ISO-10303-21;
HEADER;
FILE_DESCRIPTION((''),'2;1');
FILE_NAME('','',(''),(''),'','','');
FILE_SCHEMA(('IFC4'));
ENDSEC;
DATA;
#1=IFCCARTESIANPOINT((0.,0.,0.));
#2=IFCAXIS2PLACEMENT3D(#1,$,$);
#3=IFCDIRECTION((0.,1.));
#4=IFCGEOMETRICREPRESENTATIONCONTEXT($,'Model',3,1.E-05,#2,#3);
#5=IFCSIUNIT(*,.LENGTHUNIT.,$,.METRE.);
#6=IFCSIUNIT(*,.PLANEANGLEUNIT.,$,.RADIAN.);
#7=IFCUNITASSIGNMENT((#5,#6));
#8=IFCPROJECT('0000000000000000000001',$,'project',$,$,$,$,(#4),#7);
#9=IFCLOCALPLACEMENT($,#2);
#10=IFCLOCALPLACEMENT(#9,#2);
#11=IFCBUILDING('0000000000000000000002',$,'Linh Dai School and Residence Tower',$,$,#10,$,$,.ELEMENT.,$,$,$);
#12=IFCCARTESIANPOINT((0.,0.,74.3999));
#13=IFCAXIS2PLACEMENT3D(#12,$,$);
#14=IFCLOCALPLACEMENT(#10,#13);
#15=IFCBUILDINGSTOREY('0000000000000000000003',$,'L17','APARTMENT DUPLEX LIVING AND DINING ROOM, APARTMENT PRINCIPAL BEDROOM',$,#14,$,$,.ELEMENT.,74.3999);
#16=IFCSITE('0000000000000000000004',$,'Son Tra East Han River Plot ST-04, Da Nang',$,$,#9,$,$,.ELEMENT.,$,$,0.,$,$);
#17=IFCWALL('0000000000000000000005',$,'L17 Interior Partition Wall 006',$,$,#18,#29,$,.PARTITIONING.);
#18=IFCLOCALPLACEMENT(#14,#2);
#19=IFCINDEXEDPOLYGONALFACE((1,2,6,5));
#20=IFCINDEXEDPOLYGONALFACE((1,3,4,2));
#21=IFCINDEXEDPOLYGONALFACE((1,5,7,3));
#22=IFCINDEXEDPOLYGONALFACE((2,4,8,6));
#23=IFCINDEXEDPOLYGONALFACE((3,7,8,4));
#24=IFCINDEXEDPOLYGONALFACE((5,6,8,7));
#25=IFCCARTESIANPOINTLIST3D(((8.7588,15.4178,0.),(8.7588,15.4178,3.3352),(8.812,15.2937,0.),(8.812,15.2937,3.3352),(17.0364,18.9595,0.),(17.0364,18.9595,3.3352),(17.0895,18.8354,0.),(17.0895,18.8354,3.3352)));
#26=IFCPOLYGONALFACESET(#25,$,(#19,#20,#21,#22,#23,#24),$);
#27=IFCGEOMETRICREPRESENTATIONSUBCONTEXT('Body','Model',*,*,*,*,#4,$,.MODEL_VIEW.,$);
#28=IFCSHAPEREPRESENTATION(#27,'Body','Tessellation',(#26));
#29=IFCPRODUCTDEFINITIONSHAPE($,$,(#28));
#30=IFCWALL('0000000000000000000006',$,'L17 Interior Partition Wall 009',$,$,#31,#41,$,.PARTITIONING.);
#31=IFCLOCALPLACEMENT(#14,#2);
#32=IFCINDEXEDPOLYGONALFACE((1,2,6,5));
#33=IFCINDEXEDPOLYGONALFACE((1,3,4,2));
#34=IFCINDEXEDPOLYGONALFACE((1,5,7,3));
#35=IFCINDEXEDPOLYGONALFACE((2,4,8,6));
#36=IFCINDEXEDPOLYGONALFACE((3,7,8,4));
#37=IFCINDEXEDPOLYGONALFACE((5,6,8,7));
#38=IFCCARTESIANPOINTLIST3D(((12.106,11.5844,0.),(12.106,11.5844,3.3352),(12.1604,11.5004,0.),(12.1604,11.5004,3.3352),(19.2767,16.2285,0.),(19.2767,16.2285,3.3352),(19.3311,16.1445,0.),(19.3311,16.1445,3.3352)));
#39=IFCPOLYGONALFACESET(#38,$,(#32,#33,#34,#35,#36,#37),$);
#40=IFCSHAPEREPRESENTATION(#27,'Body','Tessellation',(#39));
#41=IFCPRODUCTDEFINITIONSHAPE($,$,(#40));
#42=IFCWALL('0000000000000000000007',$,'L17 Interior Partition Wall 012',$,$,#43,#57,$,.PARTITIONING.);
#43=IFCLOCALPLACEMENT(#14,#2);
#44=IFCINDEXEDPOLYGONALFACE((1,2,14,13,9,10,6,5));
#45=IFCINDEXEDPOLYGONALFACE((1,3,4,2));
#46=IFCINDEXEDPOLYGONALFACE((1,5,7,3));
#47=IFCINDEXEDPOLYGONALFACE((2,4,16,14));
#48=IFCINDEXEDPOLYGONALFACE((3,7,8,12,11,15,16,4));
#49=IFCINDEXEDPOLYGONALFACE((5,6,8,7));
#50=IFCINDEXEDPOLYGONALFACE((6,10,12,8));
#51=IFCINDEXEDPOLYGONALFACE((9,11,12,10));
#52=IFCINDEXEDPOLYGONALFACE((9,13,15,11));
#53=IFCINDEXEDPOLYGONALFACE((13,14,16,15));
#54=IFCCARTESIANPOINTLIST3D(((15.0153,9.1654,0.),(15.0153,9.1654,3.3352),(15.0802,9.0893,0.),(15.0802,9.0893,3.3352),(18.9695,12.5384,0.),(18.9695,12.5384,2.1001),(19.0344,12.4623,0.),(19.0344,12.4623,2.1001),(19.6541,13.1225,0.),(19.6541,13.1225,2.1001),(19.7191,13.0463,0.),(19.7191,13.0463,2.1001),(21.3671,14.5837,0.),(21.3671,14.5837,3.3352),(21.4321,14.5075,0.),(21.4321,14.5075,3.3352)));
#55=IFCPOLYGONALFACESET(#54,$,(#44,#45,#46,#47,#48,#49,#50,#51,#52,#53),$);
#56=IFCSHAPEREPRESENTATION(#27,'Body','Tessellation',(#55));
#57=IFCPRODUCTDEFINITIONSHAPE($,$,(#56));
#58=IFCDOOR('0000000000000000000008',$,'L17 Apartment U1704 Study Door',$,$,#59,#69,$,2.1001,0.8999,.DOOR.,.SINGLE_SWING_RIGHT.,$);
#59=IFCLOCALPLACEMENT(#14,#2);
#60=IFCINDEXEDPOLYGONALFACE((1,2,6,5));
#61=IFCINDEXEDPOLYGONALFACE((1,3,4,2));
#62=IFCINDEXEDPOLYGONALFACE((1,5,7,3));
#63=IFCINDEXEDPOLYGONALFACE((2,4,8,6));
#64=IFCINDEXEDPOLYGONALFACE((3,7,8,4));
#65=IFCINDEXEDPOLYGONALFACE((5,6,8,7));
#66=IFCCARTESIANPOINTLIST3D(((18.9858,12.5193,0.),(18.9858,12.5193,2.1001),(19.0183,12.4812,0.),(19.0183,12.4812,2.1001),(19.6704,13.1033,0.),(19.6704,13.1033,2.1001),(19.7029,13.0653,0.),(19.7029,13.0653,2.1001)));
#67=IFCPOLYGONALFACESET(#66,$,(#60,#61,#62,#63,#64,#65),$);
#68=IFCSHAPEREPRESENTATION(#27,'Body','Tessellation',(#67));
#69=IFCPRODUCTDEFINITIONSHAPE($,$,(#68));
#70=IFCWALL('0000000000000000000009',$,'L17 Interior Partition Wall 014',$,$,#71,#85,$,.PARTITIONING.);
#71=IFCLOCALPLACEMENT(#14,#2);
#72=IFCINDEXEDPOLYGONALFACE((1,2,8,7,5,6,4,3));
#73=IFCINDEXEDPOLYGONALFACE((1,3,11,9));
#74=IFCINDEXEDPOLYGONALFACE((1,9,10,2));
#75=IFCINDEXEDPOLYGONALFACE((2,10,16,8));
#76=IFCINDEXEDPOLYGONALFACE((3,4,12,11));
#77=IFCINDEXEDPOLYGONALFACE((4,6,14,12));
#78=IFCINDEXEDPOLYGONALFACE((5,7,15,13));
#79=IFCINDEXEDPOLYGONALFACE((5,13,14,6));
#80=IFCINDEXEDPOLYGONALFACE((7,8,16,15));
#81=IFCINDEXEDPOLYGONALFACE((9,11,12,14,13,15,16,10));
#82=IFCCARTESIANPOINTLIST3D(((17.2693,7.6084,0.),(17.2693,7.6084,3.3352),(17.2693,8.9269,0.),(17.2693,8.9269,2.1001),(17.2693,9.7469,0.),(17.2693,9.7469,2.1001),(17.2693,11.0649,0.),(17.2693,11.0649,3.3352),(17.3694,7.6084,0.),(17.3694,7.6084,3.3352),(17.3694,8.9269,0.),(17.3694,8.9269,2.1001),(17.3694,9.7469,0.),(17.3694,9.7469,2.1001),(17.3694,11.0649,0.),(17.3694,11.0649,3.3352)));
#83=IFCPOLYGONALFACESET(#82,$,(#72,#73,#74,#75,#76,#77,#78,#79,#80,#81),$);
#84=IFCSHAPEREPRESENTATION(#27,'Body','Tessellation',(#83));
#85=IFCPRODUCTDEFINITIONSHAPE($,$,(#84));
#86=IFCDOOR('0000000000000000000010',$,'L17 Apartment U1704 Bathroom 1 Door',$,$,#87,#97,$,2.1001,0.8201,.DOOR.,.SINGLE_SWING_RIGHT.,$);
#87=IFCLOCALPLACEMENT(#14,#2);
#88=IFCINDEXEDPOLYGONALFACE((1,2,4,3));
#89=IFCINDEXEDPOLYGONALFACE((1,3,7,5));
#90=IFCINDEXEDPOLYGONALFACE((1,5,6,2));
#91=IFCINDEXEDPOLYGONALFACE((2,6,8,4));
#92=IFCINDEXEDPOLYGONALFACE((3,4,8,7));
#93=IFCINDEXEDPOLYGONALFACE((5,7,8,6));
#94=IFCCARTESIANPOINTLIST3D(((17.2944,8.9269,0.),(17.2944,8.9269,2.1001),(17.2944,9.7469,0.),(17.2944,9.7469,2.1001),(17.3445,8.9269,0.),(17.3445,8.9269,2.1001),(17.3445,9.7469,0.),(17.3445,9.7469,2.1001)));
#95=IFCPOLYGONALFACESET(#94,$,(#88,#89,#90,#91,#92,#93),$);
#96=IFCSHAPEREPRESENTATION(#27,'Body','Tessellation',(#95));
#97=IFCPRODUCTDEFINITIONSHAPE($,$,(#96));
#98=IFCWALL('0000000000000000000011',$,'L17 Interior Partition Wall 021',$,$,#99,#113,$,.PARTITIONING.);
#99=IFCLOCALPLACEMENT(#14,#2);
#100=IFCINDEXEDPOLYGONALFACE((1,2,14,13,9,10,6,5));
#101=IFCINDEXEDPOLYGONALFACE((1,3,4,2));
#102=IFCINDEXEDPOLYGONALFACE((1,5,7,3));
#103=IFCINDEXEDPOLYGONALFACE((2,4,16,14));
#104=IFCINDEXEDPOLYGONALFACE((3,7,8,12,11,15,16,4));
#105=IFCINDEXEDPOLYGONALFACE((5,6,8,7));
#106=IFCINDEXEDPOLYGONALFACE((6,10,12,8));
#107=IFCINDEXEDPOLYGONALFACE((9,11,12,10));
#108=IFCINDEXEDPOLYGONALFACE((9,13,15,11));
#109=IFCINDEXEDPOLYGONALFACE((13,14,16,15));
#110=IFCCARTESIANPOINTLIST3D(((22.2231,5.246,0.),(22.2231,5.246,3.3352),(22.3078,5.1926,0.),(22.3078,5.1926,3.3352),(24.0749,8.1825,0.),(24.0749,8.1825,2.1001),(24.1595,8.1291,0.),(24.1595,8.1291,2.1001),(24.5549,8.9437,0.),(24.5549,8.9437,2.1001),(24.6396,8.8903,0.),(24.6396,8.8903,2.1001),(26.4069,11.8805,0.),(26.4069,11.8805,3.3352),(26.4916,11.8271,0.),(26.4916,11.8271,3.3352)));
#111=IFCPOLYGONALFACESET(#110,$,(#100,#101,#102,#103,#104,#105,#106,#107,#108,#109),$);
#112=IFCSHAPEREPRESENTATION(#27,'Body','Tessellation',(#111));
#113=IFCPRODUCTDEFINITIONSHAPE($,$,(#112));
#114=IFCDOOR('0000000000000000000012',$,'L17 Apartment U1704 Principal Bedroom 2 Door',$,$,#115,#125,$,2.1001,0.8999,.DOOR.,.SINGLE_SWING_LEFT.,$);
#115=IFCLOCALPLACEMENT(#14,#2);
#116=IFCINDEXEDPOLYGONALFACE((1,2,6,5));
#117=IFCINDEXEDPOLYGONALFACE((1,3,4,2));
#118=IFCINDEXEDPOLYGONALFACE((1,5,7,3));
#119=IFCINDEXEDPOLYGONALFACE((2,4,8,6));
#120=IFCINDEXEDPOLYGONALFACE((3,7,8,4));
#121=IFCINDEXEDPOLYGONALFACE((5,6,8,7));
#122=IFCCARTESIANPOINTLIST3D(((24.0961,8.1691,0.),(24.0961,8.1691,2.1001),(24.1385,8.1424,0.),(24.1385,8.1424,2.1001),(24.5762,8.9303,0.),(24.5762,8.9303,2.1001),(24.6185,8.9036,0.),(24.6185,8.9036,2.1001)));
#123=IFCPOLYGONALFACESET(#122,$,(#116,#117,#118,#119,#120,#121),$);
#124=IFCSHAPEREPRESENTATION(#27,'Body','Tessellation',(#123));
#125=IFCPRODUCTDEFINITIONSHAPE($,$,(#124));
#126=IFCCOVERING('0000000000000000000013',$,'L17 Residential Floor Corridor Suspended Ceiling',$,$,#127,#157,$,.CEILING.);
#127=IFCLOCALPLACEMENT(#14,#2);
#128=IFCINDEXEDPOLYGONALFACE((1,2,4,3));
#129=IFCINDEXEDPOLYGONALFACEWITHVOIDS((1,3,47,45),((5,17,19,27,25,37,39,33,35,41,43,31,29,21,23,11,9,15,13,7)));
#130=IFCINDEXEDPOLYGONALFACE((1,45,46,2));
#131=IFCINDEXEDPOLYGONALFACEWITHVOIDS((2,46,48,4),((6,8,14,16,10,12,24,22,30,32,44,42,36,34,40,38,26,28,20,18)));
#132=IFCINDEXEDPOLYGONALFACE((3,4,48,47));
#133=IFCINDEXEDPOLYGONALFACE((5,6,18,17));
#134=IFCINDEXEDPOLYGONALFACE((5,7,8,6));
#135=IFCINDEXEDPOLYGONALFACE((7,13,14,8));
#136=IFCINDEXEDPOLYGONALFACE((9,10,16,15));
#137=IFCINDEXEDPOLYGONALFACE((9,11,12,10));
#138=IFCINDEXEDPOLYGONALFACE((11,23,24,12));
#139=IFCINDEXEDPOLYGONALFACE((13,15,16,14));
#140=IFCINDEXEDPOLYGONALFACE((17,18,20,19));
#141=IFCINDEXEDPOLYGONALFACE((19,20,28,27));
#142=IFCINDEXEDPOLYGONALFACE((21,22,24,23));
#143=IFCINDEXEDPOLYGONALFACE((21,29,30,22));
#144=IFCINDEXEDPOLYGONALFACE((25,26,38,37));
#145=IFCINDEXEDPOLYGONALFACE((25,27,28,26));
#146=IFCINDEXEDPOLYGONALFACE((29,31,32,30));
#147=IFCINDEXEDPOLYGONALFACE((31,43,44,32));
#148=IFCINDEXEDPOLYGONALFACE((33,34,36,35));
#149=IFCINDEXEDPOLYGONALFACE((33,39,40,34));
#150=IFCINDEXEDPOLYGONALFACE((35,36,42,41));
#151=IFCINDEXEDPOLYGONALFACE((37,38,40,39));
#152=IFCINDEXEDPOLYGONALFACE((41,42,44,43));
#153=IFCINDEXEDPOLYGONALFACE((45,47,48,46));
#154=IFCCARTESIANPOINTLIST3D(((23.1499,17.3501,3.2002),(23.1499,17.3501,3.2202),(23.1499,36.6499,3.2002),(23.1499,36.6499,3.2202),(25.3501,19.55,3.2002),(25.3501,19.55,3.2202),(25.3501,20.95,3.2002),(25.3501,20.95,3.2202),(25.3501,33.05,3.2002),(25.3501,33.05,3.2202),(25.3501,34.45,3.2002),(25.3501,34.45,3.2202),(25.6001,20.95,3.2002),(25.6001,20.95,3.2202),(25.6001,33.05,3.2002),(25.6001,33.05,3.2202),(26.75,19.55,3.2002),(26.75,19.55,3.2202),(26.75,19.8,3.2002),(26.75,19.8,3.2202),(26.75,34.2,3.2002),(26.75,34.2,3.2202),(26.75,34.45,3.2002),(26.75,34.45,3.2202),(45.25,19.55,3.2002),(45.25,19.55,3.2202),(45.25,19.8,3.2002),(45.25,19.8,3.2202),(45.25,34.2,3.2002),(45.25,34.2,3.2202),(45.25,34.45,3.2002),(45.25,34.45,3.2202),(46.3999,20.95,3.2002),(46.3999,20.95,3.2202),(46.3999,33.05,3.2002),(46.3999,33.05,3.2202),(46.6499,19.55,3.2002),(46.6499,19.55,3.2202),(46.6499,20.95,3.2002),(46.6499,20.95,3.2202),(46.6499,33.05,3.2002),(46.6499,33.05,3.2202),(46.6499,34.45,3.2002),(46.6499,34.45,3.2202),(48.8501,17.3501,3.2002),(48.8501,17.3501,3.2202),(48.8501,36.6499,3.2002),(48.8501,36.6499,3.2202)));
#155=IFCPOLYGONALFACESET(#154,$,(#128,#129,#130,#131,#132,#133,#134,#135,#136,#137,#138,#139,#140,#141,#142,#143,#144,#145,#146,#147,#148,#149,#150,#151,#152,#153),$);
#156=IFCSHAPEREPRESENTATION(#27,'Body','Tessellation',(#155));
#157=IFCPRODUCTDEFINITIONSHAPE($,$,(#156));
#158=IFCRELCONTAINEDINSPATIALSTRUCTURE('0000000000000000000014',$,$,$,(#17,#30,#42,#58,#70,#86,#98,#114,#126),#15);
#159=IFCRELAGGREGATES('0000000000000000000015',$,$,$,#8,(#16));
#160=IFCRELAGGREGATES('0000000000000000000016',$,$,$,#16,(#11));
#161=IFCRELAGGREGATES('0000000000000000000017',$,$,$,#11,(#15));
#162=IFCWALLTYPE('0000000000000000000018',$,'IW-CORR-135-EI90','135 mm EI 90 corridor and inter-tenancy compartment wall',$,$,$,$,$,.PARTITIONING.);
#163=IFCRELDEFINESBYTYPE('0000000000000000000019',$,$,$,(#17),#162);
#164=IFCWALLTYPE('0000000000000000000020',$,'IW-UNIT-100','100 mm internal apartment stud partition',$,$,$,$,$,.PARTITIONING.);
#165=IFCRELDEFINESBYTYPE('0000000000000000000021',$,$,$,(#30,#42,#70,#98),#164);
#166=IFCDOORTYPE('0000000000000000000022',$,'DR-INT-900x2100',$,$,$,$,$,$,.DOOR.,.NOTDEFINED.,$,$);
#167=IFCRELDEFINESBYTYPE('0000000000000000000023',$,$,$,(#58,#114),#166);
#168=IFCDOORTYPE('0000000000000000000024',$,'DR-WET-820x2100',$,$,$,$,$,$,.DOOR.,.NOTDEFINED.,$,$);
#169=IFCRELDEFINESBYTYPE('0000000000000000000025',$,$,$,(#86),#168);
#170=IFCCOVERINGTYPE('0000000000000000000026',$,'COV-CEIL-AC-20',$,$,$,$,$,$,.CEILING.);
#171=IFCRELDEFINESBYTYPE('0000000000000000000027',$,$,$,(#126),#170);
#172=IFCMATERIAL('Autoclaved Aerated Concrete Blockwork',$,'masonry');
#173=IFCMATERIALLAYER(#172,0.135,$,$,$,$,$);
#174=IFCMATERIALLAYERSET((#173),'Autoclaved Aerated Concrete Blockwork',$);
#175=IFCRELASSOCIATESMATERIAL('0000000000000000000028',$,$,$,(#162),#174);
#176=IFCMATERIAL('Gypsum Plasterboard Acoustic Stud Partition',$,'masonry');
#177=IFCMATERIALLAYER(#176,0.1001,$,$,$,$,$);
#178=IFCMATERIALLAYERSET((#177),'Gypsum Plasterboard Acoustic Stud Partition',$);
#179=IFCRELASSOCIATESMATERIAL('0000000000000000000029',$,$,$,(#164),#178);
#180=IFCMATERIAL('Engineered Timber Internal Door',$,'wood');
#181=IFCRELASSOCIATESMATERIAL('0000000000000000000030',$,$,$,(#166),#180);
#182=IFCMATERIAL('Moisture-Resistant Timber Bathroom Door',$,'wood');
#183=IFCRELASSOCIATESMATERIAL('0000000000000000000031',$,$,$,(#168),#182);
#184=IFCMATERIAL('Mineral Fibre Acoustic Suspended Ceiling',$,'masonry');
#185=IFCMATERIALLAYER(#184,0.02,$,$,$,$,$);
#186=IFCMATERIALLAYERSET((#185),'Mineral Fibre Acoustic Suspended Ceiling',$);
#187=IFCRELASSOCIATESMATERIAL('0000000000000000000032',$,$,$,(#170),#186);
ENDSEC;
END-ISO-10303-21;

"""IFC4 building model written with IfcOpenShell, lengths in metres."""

from ifc_helpers import new_model, si_unit, direction, frame, frame_2d, origin, origin_2d, place, context, subcontext, project, spatial, polyline, rectangle, outline, extrude, source, transform, mapped, material, layer, layer_set, type_object, element, fill, save


model = new_model("IFC4")

# Units and contexts
model_context = context("Model", 3, precision=1e-05, world=origin(), true_north=direction((0.0, 1.0)))
body_context = subcontext(model_context, "Body", "Model", "MODEL_VIEW")
ifc_project = project(units=[si_unit("LENGTHUNIT", "METRE"), si_unit("PLANEANGLEUNIT", "RADIAN")], contexts=[model_context])

# Site, building, storey
site_placement = place(None, origin())
site = spatial("IfcSite", under=ifc_project, at=site_placement, Name="Son Tra East Han River Plot ST-04, Da Nang", CompositionType="ELEMENT", RefElevation=0.0)
building_placement = place(site_placement, origin())
building = spatial("IfcBuilding", under=site, at=building_placement, Name="Linh Dai School and Residence Tower", CompositionType="ELEMENT")
storey_placement = place(building_placement, frame((0.0, 0.0, 74.3999)))
storey = spatial("IfcBuildingStorey", under=building, at=storey_placement, Name="L17", Description="APARTMENT DUPLEX LIVING AND DINING ROOM, APARTMENT PRINCIPAL BEDROOM", CompositionType="ELEMENT", Elevation=74.3999)

# Walls
ifc_material_1 = material(Name="Autoclaved Aerated Concrete Blockwork", Category="masonry")
ifc_layer_1 = layer(ifc_material_1, 0.135)
ifc_layer_set_1 = layer_set([ifc_layer_1], Name="Autoclaved Aerated Concrete Blockwork")
wall_type_1 = type_object("IfcWallType", Name="IW-CORR-135-EI90", Description="135 mm EI 90 corridor and inter-tenancy compartment wall", PredefinedType="PARTITIONING", material=ifc_layer_set_1)
wall_1_placement = place(storey_placement, frame((8.7854, 15.3557, 0.0), z_axis=(0.0, 0.0, 1.0), x_axis=(0.919378, 0.393376, 0.0)))
element("IfcWall", 1, at=wall_1_placement, inside=storey, type_object=wall_type_1, Name="L17 Interior Partition Wall 006", PredefinedType="PARTITIONING", context=body_context, shape_type="SweptSolid", body=[
    extrude(rectangle(XDim=9.0034, YDim=0.135, at=frame_2d((4.5017, 0.0))), origin(), (0.0, 0.0, 1.0), 3.3352),
])
ifc_material_2 = material(Name="Gypsum Plasterboard Acoustic Stud Partition", Category="masonry")
ifc_layer_2 = layer(ifc_material_2, 0.1001)
ifc_layer_set_2 = layer_set([ifc_layer_2], Name="Gypsum Plasterboard Acoustic Stud Partition")
wall_type_2 = type_object("IfcWallType", Name="IW-UNIT-100", Description="100 mm internal apartment stud partition", PredefinedType="PARTITIONING", material=ifc_layer_set_2)
wall_2_placement = place(storey_placement, frame((12.1333, 11.5425, 0.0), z_axis=(0.0, 0.0, 1.0), x_axis=(0.839345, 0.543598, 0.0)))
element("IfcWall", 2, at=wall_2_placement, inside=storey, type_object=wall_type_2, Name="L17 Interior Partition Wall 009", PredefinedType="PARTITIONING", context=body_context, shape_type="SweptSolid", body=[
    extrude(rectangle(XDim=8.5432, YDim=0.1001, at=frame_2d((4.2715, 0.0))), origin(), (0.0, 0.0, 1.0), 3.3352),
])

# Walls, openings, doors
wall_3_placement = place(storey_placement, frame((15.0479, 9.1274, 0.0), z_axis=(0.0, 0.0, 1.0), x_axis=(0.760805, 0.648981, 0.0)))
wall_3 = element("IfcWall", 3, at=wall_3_placement, inside=storey, type_object=wall_type_2, Name="L17 Interior Partition Wall 012", PredefinedType="PARTITIONING", context=body_context, shape_type="SweptSolid", body=[
    extrude(rectangle(XDim=8.3489, YDim=0.1001, at=frame_2d((4.1743, 0.0))), origin(), (0.0, 0.0, 1.0), 3.3352),
])
opening_1_placement = place(wall_3_placement, frame((5.1973, 0.0, 0.0)))
opening_1 = element("IfcOpeningElement", 4, at=opening_1_placement, cuts=wall_3, PredefinedType="OPENING", context=body_context, shape_type="SweptSolid", body=[
    extrude(rectangle(XDim=0.8999, YDim=2.1001, at=origin_2d()), frame((0.45, 0.0601, 1.05), z_axis=(0.0, -1.0, 0.0), x_axis=(1.0, 0.0, 0.0)), (0.0, 0.0, 1.0), 0.1201),
])
ifc_material_3 = material(Name="Engineered Timber Internal Door", Category="wood")
door_type_1 = type_object("IfcDoorType", Name="DR-INT-900x2100", OperationType="NOTDEFINED", PredefinedType="DOOR", material=ifc_material_3)
shared_shape_1 = source(origin(), body_context, "Body", "SweptSolid", [
    extrude(rectangle(XDim=0.8999, YDim=2.1001, at=origin_2d()), frame((0.45, 0.0249, 1.05), z_axis=(0.0, -1.0, 0.0), x_axis=(1.0, 0.0, 0.0)), (0.0, 0.0, 1.0), 0.05),
])
door_1_placement = place(opening_1_placement, origin())
door_1 = element("IfcDoor", 5, at=door_1_placement, inside=storey, type_object=door_type_1, Name="L17 Apartment U1704 Study Door", OperationType="SINGLE_SWING_RIGHT", OverallHeight=2.1001, OverallWidth=0.8999, PredefinedType="DOOR", context=body_context, shape_type="MappedRepresentation", body=[
    mapped(shared_shape_1, transform((0.0, 0.0, 0.0), x_axis=(1.0, 0.0, 0.0), y_axis=(0.0, 1.0, 0.0), z_axis=(0.0, 0.0, 1.0), scale=1.0)),
])
fill(opening_1, door_1)
wall_4_placement = place(storey_placement, frame((17.3193, 7.6084, 0.0), z_axis=(0.0, 0.0, 1.0), x_axis=(0.0, 1.0, 0.0)))
wall_4 = element("IfcWall", 6, at=wall_4_placement, inside=storey, type_object=wall_type_2, Name="L17 Interior Partition Wall 014", PredefinedType="PARTITIONING", context=body_context, shape_type="SweptSolid", body=[
    extrude(rectangle(XDim=3.4565, YDim=0.1001, at=frame_2d((1.7283, 0.0))), origin(), (0.0, 0.0, 1.0), 3.3352),
])
opening_2_placement = place(wall_4_placement, frame((1.3184, 0.0, 0.0)))
opening_2 = element("IfcOpeningElement", 7, at=opening_2_placement, cuts=wall_4, PredefinedType="OPENING", context=body_context, shape_type="SweptSolid", body=[
    extrude(rectangle(XDim=0.8201, YDim=2.1001, at=origin_2d()), frame((0.4102, 0.0601, 1.05), z_axis=(0.0, -1.0, 0.0), x_axis=(1.0, 0.0, 0.0)), (0.0, 0.0, 1.0), 0.1201),
])
ifc_material_4 = material(Name="Moisture-Resistant Timber Bathroom Door", Category="wood")
door_type_2 = type_object("IfcDoorType", Name="DR-WET-820x2100", OperationType="NOTDEFINED", PredefinedType="DOOR", material=ifc_material_4)
shared_shape_2 = source(origin(), body_context, "Body", "SweptSolid", [
    extrude(rectangle(XDim=0.8201, YDim=2.1001, at=origin_2d()), frame((0.4102, 0.0249, 1.05), z_axis=(0.0, -1.0, 0.0), x_axis=(1.0, 0.0, 0.0)), (0.0, 0.0, 1.0), 0.05),
])
door_2_placement = place(opening_2_placement, origin())
door_2 = element("IfcDoor", 8, at=door_2_placement, inside=storey, type_object=door_type_2, Name="L17 Apartment U1704 Bathroom 1 Door", OperationType="SINGLE_SWING_RIGHT", OverallHeight=2.1001, OverallWidth=0.8201, PredefinedType="DOOR", context=body_context, shape_type="MappedRepresentation", body=[
    mapped(shared_shape_2, transform((0.0, 0.0, 0.0), x_axis=(1.0, 0.0, 0.0), y_axis=(0.0, 1.0, 0.0), z_axis=(0.0, 0.0, 1.0), scale=1.0)),
])
fill(opening_2, door_2)
wall_5_placement = place(storey_placement, frame((22.2654, 5.2192, 0.0), z_axis=(0.0, 0.0, 1.0), x_axis=(0.533411, 0.845856, 0.0)))
wall_5 = element("IfcWall", 9, at=wall_5_placement, inside=storey, type_object=wall_type_2, Name="L17 Interior Partition Wall 021", PredefinedType="PARTITIONING", context=body_context, shape_type="SweptSolid", body=[
    extrude(rectangle(XDim=7.8435, YDim=0.1001, at=frame_2d((3.9219, 0.0))), origin(), (0.0, 0.0, 1.0), 3.3352),
])
opening_3_placement = place(wall_5_placement, frame((3.4717, 0.0, 0.0)))
opening_3 = element("IfcOpeningElement", 10, at=opening_3_placement, cuts=wall_5, PredefinedType="OPENING", context=body_context, shape_type="SweptSolid", body=[
    extrude(rectangle(XDim=0.8999, YDim=2.1001, at=origin_2d()), frame((0.45, 0.0601, 1.05), z_axis=(0.0, -1.0, 0.0), x_axis=(1.0, 0.0, 0.0)), (0.0, 0.0, 1.0), 0.1201),
])
door_3_placement = place(opening_3_placement, origin())
door_3 = element("IfcDoor", 11, at=door_3_placement, inside=storey, type_object=door_type_1, Name="L17 Apartment U1704 Principal Bedroom 2 Door", OperationType="SINGLE_SWING_LEFT", OverallHeight=2.1001, OverallWidth=0.8999, PredefinedType="DOOR", context=body_context, shape_type="MappedRepresentation", body=[
    mapped(shared_shape_1, transform((0.0, 0.0, 0.0), x_axis=(1.0, 0.0, 0.0), y_axis=(0.0, 1.0, 0.0), z_axis=(0.0, 0.0, 1.0), scale=1.0)),
])
fill(opening_3, door_3)

# Covering
ifc_material_5 = material(Name="Mineral Fibre Acoustic Suspended Ceiling", Category="masonry")
ifc_layer_3 = layer(ifc_material_5, 0.02)
ifc_layer_set_3 = layer_set([ifc_layer_3], Name="Mineral Fibre Acoustic Suspended Ceiling")
covering_type_1 = type_object("IfcCoveringType", Name="COV-CEIL-AC-20", PredefinedType="CEILING", material=ifc_layer_set_3)
covering_1_placement = place(storey_placement, frame((0.0, 0.0, 3.2002)))
element("IfcCovering", 12, at=covering_1_placement, inside=storey, type_object=covering_type_1, Name="L17 Residential Floor Corridor Suspended Ceiling", PredefinedType="CEILING", context=body_context, shape_type="SweptSolid", body=[
    extrude(outline(polyline([(48.8501, 36.6499), (48.8501, 17.3501), (23.1499, 17.3501), (23.1499, 36.6499), (48.8501, 36.6499)]), holes=[polyline([(26.75, 34.2), (26.75, 34.45), (25.3501, 34.45), (25.3501, 33.05), (25.6001, 33.05), (25.6001, 20.95), (25.3501, 20.95), (25.3501, 19.55), (26.75, 19.55), (26.75, 19.8), (45.25, 19.8), (45.25, 19.55), (46.6499, 19.55), (46.6499, 20.95), (46.3999, 20.95), (46.3999, 33.05), (46.6499, 33.05), (46.6499, 34.45), (45.25, 34.45), (45.25, 34.2), (26.75, 34.2)])]), origin(), (0.0, 0.0, 1.0), 0.02),
])

save(model, "model.ifc")
